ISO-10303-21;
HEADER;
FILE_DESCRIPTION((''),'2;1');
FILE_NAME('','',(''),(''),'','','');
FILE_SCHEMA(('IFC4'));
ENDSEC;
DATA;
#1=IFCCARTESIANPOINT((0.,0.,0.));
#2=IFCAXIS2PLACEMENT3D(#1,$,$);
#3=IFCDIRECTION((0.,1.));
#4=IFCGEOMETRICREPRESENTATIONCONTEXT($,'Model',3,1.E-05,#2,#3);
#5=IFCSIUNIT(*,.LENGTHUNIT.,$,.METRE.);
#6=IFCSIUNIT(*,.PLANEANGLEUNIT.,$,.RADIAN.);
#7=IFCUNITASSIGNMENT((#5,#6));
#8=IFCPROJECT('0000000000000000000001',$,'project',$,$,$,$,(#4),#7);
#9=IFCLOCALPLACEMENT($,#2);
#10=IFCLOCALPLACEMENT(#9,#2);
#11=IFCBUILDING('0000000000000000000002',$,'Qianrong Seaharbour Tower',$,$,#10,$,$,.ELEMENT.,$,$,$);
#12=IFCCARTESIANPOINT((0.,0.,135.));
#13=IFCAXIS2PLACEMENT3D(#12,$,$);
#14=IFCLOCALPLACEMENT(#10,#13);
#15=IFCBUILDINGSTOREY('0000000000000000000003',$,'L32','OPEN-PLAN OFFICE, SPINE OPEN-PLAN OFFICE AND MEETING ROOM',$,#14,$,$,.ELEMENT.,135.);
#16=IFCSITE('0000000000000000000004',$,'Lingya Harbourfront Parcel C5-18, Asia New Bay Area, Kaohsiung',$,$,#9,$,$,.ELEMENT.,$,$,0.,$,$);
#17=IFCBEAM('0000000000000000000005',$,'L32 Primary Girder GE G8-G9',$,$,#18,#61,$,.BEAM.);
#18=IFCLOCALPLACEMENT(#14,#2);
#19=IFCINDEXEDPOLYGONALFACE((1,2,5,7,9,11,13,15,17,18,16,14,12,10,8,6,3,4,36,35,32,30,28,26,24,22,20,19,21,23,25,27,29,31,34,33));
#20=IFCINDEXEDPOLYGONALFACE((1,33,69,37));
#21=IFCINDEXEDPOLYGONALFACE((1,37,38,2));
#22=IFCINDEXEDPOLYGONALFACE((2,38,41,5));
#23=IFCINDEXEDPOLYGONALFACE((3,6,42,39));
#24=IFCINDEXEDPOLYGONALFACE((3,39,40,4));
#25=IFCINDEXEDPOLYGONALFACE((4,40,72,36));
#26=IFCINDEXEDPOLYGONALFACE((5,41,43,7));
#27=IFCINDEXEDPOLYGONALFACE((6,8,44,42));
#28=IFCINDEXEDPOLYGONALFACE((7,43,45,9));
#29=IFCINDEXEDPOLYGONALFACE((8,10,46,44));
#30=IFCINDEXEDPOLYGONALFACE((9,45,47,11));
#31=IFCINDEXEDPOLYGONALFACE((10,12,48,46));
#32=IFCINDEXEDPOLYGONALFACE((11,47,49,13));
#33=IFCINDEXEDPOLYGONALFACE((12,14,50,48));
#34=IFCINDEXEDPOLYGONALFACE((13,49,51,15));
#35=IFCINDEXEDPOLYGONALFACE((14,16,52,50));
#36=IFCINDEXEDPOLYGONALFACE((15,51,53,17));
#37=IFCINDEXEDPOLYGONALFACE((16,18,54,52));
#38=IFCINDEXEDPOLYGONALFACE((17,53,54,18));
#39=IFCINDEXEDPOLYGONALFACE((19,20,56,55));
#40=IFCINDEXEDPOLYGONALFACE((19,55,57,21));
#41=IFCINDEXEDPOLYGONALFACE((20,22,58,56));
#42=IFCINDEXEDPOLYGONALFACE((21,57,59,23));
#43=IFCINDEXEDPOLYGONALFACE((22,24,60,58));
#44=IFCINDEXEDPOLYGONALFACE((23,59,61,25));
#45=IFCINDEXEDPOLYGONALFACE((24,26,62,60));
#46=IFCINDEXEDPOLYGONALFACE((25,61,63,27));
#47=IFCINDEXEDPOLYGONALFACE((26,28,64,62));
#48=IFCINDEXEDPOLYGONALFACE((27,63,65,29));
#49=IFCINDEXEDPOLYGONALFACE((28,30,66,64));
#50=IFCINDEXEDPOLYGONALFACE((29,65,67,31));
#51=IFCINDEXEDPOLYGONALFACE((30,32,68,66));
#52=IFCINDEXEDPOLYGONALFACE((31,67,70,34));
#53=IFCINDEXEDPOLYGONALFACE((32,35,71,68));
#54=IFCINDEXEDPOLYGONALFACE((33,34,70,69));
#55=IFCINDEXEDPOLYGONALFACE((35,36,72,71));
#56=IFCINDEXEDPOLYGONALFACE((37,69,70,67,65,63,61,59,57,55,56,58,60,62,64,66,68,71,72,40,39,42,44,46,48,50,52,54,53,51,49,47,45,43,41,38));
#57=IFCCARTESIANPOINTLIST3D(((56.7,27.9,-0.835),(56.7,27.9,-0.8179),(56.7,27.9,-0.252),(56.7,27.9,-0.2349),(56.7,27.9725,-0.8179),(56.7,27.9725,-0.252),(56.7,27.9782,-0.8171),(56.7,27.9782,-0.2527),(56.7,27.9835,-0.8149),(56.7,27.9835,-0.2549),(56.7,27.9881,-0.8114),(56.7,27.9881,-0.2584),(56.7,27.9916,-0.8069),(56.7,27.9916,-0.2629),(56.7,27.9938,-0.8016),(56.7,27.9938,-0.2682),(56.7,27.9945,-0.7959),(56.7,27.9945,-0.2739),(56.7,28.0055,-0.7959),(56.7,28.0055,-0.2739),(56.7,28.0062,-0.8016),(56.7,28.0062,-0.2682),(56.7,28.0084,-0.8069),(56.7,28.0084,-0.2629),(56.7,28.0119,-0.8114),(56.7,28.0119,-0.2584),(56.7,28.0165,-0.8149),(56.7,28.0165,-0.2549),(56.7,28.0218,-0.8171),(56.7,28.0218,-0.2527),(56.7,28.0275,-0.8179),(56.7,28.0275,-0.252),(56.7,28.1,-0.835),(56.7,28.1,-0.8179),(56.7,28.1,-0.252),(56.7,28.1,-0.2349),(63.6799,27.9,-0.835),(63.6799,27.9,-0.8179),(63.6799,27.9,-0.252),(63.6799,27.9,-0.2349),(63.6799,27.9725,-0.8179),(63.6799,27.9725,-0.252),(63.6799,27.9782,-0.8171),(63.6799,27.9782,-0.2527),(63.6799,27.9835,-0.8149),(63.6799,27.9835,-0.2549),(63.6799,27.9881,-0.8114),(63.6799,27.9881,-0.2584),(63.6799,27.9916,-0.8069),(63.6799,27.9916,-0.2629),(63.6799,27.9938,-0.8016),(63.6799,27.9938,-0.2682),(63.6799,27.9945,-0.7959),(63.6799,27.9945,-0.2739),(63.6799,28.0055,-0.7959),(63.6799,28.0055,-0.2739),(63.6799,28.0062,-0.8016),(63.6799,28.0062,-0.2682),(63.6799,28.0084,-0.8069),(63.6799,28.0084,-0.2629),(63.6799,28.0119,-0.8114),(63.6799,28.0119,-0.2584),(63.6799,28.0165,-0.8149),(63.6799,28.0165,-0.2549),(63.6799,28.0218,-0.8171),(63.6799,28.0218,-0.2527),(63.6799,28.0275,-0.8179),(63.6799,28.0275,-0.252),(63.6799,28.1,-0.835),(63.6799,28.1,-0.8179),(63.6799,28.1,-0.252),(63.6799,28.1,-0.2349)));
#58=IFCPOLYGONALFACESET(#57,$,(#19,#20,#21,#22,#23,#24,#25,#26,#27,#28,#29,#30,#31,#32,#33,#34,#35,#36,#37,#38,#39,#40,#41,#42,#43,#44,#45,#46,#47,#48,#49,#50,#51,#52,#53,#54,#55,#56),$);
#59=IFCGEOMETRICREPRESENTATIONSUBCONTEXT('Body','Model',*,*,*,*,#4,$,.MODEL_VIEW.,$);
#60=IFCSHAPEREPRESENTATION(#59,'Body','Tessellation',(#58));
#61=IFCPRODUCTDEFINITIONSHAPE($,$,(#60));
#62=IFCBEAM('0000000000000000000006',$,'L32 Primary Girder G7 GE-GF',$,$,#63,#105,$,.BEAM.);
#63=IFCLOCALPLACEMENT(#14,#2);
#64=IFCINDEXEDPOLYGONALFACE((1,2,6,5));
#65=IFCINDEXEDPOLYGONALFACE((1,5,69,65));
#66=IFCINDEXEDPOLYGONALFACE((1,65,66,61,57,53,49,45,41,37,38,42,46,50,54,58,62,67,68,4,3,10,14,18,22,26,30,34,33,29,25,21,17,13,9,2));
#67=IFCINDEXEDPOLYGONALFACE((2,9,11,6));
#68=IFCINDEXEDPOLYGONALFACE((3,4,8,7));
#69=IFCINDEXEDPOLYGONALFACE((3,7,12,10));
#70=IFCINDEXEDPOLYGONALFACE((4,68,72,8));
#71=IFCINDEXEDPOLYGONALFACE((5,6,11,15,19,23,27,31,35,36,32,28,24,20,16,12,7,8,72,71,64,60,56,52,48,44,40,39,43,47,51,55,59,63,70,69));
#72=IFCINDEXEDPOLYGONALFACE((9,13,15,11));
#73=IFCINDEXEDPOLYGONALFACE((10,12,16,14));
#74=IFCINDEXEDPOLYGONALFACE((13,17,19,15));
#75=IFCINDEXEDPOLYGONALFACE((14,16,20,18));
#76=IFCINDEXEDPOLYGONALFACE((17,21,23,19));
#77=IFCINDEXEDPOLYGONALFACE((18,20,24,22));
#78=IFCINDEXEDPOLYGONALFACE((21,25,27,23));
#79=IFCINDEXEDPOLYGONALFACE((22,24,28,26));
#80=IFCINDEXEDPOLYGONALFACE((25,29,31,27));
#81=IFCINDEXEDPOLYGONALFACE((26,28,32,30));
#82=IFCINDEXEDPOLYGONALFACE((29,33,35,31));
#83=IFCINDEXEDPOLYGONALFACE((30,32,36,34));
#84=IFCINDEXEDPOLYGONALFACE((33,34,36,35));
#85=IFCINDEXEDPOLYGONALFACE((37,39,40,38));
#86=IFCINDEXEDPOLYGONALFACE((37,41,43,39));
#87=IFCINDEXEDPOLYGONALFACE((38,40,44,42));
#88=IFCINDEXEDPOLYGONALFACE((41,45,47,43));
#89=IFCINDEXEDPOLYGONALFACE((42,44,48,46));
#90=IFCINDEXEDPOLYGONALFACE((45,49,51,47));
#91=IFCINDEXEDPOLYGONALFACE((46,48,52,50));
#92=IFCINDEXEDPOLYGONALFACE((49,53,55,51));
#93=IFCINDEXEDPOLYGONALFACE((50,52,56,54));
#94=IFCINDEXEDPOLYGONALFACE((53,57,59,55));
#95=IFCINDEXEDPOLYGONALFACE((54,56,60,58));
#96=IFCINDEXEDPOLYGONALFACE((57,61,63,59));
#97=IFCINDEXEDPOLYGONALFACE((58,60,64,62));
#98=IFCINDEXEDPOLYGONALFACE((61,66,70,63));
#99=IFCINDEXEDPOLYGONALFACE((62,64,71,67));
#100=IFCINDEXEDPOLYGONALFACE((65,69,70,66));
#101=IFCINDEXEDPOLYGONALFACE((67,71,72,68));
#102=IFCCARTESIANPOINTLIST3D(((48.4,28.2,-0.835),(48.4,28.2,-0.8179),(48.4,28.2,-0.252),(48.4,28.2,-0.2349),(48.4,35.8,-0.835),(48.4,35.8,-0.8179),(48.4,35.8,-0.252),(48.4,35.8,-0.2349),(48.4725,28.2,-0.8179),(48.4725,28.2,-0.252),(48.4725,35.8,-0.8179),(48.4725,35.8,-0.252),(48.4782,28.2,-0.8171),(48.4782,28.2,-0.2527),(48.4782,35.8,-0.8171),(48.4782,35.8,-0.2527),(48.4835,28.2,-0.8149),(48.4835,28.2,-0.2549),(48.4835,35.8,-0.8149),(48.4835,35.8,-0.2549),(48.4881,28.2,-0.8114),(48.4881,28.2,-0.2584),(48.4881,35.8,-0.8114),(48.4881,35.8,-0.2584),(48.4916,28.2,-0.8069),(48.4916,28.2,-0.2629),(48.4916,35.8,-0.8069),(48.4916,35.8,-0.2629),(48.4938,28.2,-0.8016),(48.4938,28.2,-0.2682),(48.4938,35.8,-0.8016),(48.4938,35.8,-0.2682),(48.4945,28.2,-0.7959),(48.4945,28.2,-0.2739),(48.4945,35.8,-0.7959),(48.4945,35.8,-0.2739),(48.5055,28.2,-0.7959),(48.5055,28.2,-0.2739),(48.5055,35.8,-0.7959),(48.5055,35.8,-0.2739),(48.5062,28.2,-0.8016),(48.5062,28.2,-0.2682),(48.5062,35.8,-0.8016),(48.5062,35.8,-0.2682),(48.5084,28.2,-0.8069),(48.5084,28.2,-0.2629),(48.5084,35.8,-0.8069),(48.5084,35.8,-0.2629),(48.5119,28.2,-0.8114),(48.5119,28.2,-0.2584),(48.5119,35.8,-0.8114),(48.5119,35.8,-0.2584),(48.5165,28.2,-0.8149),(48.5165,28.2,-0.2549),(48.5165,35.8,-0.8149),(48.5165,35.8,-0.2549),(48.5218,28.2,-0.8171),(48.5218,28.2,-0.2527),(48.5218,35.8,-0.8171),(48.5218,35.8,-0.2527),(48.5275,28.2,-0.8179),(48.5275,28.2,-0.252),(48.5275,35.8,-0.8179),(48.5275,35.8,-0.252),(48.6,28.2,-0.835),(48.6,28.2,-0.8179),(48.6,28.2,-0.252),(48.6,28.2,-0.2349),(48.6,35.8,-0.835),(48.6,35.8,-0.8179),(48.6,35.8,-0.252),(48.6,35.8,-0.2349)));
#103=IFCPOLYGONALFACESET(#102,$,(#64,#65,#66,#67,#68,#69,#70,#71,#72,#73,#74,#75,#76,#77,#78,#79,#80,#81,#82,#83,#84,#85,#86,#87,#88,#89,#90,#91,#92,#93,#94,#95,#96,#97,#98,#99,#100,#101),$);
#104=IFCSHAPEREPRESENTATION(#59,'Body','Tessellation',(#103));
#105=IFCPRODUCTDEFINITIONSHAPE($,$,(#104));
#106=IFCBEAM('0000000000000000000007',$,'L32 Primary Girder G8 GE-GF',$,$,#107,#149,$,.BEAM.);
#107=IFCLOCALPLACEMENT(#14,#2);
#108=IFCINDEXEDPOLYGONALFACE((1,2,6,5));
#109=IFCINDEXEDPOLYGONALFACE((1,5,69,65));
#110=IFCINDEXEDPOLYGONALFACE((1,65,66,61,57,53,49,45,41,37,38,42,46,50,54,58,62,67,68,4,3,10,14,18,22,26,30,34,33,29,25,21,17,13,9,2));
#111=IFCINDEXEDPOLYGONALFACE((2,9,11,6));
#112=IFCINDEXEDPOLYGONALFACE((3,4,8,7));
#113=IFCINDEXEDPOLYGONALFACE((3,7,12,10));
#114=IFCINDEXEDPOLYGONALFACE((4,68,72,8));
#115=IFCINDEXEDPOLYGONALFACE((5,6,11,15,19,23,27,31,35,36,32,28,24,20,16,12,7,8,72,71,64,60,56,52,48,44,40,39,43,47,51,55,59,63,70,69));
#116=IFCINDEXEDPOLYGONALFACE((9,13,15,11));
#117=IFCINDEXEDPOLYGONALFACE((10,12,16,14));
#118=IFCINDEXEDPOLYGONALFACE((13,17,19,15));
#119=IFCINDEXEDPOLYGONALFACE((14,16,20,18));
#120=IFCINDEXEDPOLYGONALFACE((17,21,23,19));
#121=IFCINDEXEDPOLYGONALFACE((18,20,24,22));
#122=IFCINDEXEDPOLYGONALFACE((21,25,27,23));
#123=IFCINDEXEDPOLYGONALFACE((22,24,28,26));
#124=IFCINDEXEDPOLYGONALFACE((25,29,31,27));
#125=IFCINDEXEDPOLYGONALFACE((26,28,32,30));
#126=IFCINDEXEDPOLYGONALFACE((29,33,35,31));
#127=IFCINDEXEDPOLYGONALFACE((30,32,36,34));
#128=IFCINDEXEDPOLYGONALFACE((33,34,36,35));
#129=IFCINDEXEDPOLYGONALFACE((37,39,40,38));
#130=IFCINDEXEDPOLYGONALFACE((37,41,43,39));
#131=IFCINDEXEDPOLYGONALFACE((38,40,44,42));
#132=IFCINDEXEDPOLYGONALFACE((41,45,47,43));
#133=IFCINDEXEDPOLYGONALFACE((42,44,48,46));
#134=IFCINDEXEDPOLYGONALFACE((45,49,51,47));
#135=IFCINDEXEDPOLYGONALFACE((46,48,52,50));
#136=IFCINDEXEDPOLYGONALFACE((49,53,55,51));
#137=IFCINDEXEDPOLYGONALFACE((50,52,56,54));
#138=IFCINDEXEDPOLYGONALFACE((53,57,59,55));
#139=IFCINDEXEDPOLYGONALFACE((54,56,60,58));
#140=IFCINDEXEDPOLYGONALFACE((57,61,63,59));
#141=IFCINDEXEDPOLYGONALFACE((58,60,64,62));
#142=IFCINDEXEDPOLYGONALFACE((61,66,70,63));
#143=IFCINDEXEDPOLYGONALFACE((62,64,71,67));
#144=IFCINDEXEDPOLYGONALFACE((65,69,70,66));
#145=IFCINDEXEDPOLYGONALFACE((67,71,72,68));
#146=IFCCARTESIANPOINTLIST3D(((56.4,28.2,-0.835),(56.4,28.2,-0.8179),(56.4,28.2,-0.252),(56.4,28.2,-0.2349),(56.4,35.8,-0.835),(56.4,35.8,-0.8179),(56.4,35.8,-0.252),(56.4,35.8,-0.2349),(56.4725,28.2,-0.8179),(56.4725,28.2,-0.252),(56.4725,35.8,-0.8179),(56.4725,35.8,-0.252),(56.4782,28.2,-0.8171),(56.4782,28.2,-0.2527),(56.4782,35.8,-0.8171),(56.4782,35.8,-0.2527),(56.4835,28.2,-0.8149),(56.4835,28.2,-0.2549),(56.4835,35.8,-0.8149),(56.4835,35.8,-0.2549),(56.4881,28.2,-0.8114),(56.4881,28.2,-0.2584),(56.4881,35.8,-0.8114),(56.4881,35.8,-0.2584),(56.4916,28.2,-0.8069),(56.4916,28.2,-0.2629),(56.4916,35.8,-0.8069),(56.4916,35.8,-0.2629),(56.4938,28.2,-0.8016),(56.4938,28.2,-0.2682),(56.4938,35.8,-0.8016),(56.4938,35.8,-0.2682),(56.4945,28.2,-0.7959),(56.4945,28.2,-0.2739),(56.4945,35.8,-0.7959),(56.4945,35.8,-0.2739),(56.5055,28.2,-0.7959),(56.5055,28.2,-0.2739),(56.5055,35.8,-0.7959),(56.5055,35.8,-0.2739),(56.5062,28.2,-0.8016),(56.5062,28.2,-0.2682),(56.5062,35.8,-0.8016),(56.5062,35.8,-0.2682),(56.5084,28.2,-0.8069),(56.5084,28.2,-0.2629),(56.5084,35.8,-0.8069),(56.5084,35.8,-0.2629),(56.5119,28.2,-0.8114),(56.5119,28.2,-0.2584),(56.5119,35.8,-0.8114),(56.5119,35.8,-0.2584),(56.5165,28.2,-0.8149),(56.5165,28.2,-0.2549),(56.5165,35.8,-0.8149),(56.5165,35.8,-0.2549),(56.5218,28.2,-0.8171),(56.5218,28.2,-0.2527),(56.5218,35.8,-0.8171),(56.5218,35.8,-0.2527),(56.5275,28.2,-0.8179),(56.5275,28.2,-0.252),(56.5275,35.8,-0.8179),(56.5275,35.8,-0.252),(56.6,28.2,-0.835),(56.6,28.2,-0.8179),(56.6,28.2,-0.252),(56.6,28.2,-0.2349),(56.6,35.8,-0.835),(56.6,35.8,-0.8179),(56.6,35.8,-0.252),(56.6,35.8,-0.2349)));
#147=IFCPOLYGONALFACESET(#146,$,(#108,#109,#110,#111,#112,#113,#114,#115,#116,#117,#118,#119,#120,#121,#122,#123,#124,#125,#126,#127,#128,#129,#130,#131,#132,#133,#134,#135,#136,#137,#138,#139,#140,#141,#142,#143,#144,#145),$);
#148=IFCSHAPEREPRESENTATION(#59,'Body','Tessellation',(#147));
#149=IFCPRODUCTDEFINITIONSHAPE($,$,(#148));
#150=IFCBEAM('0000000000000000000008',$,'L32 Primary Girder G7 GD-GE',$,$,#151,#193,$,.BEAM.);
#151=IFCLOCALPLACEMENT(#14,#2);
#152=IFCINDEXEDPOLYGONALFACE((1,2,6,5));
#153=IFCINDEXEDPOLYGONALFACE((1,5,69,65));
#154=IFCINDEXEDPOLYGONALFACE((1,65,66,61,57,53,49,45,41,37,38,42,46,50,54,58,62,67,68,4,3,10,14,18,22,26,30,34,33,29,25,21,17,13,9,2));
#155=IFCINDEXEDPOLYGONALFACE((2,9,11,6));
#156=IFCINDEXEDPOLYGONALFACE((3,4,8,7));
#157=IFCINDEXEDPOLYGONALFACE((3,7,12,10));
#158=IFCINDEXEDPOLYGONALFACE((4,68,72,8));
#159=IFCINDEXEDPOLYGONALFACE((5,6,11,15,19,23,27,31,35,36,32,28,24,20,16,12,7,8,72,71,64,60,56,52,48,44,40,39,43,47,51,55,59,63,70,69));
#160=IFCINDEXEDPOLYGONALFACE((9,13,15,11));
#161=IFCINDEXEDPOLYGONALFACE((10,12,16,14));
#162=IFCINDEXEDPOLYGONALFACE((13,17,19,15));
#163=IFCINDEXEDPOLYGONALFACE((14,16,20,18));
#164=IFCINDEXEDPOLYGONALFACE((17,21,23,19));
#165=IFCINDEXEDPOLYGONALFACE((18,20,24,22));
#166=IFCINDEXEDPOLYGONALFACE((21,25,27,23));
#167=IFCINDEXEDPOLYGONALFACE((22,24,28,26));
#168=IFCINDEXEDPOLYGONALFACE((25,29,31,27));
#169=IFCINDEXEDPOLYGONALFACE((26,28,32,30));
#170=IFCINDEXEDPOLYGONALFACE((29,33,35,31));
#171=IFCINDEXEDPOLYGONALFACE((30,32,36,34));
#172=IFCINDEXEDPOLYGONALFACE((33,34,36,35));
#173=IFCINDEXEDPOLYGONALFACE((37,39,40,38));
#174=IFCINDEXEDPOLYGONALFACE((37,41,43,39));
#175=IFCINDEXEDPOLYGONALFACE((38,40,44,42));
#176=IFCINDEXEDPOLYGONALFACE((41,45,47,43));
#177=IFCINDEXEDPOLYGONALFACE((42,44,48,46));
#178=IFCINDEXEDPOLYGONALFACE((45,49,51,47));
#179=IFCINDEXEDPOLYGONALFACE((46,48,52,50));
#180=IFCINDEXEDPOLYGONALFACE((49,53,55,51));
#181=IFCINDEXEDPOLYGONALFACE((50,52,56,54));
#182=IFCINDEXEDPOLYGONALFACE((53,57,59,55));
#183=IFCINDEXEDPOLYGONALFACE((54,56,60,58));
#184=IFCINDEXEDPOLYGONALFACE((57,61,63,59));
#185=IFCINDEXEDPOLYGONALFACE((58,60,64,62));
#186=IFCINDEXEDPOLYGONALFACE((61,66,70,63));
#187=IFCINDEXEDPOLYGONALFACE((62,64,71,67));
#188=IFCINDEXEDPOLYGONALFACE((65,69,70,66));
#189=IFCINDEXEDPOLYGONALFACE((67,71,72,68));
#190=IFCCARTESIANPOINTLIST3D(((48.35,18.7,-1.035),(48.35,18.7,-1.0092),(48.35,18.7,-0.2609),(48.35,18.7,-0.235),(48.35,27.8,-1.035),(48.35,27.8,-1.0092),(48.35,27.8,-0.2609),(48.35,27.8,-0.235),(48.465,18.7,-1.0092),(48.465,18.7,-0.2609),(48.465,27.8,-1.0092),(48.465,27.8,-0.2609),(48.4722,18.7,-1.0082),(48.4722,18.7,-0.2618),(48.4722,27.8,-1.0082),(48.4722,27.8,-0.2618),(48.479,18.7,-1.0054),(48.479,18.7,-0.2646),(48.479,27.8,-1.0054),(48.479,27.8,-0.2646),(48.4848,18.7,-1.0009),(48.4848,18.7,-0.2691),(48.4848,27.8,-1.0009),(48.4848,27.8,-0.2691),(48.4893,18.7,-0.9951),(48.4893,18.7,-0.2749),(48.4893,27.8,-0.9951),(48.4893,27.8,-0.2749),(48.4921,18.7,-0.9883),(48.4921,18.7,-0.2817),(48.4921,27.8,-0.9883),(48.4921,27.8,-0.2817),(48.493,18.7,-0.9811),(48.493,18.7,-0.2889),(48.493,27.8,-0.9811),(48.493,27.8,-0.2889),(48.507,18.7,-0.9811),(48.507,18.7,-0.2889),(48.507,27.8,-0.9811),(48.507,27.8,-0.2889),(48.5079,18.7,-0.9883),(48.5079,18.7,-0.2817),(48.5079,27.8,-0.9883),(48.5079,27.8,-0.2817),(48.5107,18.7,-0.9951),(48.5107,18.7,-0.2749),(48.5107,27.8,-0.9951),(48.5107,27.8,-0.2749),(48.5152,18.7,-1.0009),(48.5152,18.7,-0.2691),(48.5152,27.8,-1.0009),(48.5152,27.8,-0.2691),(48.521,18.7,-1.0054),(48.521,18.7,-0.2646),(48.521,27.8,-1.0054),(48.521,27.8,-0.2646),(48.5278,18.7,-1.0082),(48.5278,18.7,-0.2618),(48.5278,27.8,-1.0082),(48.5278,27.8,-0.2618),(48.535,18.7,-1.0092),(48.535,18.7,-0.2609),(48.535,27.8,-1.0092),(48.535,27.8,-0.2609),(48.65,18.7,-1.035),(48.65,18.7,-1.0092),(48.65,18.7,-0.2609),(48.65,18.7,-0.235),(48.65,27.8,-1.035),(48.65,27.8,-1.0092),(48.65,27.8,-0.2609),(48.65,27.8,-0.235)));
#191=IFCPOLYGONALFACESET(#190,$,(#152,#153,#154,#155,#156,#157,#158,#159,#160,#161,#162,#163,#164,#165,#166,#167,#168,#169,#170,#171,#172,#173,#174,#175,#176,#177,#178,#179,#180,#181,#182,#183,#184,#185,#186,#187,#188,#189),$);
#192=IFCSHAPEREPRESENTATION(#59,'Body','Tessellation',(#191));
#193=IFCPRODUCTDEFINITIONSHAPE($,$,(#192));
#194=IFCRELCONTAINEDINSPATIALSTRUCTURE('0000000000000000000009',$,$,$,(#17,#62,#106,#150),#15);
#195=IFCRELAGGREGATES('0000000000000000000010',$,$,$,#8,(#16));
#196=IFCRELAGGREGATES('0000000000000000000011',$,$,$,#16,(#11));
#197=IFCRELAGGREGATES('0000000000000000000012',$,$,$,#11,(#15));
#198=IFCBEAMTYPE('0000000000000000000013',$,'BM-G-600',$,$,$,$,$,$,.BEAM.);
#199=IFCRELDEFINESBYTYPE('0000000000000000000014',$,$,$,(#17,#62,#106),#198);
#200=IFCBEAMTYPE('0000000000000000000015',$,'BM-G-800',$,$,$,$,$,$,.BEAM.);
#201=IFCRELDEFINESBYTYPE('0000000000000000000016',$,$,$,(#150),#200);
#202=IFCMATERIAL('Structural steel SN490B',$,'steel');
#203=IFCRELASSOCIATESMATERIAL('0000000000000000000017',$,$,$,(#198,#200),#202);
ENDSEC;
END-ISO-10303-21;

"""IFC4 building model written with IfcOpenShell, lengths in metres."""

from ifc_helpers import new_model, si_unit, direction, frame, origin, origin_2d, place, context, subcontext, project, spatial, i_section, extrude, material, material_profile, profile_set, type_object, element, save


model = new_model("IFC4")

# Units and contexts
model_context = context("Model", 3, precision=1e-05, world=origin(), true_north=direction((0.0, 1.0)))
body_context = subcontext(model_context, "Body", "Model", "MODEL_VIEW")
ifc_project = project(units=[si_unit("LENGTHUNIT", "METRE"), si_unit("PLANEANGLEUNIT", "RADIAN")], contexts=[model_context])

# Site, building, storey
site_placement = place(None, origin())
site = spatial("IfcSite", under=ifc_project, at=site_placement, Name="Lingya Harbourfront Parcel C5-18, Asia New Bay Area, Kaohsiung", CompositionType="ELEMENT", RefElevation=0.0)
building_placement = place(site_placement, origin())
building = spatial("IfcBuilding", under=site, at=building_placement, Name="Qianrong Seaharbour Tower", CompositionType="ELEMENT")
storey_placement = place(building_placement, frame((0.0, 0.0, 135.0)))
storey = spatial("IfcBuildingStorey", under=building, at=storey_placement, Name="L32", Description="OPEN-PLAN OFFICE, SPINE OPEN-PLAN OFFICE AND MEETING ROOM", CompositionType="ELEMENT", Elevation=135.0)

# Shared definitions
ifc_material_1 = material(Name="Structural steel SN490B", Category="steel")

# Beams
ifc_material_profile_1 = material_profile(ifc_material_1, i_section(OverallWidth=0.2, OverallDepth=0.6001, WebThickness=0.011, FlangeThickness=0.0171, FilletRadius=0.022, at=origin_2d()), Name="H600x200x11x17")
ifc_profile_set_1 = profile_set([ifc_material_profile_1], Name="Structural steel SN490B")
beam_type_1 = type_object("IfcBeamType", Name="BM-G-600", PredefinedType="BEAM", material=ifc_profile_set_1)
beam_1_placement = place(storey_placement, frame((56.7, 28.0, -0.5349), z_axis=(1.0, 0.0, 0.0), x_axis=(0.0, 1.0, 0.0)))
element("IfcBeam", 1, at=beam_1_placement, inside=storey, type_object=beam_type_1, Name="L32 Primary Girder GE G8-G9", PredefinedType="BEAM", context=body_context, shape_type="SweptSolid", body=[
    extrude(i_section(OverallWidth=0.2, OverallDepth=0.6001, WebThickness=0.011, FlangeThickness=0.0171, FilletRadius=0.022, at=origin_2d()), origin(), (0.0, 0.0, 1.0), 6.98),
])
for number, where, z_axis, x_axis, name in (
    (2, (48.5, 28.2, -0.5349), (0.0, 1.0, 0.0), (-1.0, 0.0, 0.0), "L32 Primary Girder G7 GE-GF"),
    (3, (56.5, 28.2, -0.5349), (0.0, 1.0, 0.0), (-1.0, 0.0, 0.0), "L32 Primary Girder G8 GE-GF"),
):
    element("IfcBeam", number, at=place(storey_placement, frame(where, z_axis=z_axis, x_axis=x_axis)), inside=storey, type_object=beam_type_1, Name=name, PredefinedType="BEAM", context=body_context, shape_type="SweptSolid", body=[
        extrude(i_section(OverallWidth=0.2, OverallDepth=0.6001, WebThickness=0.011, FlangeThickness=0.0171, FilletRadius=0.022, at=origin_2d()), origin(), (0.0, 0.0, 1.0), 7.6001),
    ])
ifc_material_profile_2 = material_profile(ifc_material_1, i_section(OverallWidth=0.3, OverallDepth=0.8, WebThickness=0.0139, FlangeThickness=0.0259, FilletRadius=0.0281, at=origin_2d()), Name="H800x300x14x26")
ifc_profile_set_2 = profile_set([ifc_material_profile_2], Name="Structural steel SN490B")
beam_type_2 = type_object("IfcBeamType", Name="BM-G-800", PredefinedType="BEAM", material=ifc_profile_set_2)
for number, where, z_axis, x_axis, name in (
    (4, (48.5, 18.7, -0.635), (0.0, 1.0, 0.0), (-1.0, 0.0, 0.0), "L32 Primary Girder G7 GD-GE"),
):
    element("IfcBeam", number, at=place(storey_placement, frame(where, z_axis=z_axis, x_axis=x_axis)), inside=storey, type_object=beam_type_2, Name=name, PredefinedType="BEAM", context=body_context, shape_type="SweptSolid", body=[
        extrude(i_section(OverallWidth=0.3, OverallDepth=0.8, WebThickness=0.0139, FlangeThickness=0.0259, FilletRadius=0.0281, at=origin_2d()), origin(), (0.0, 0.0, 1.0), 9.1001),
    ])

save(model, "model.ifc")
